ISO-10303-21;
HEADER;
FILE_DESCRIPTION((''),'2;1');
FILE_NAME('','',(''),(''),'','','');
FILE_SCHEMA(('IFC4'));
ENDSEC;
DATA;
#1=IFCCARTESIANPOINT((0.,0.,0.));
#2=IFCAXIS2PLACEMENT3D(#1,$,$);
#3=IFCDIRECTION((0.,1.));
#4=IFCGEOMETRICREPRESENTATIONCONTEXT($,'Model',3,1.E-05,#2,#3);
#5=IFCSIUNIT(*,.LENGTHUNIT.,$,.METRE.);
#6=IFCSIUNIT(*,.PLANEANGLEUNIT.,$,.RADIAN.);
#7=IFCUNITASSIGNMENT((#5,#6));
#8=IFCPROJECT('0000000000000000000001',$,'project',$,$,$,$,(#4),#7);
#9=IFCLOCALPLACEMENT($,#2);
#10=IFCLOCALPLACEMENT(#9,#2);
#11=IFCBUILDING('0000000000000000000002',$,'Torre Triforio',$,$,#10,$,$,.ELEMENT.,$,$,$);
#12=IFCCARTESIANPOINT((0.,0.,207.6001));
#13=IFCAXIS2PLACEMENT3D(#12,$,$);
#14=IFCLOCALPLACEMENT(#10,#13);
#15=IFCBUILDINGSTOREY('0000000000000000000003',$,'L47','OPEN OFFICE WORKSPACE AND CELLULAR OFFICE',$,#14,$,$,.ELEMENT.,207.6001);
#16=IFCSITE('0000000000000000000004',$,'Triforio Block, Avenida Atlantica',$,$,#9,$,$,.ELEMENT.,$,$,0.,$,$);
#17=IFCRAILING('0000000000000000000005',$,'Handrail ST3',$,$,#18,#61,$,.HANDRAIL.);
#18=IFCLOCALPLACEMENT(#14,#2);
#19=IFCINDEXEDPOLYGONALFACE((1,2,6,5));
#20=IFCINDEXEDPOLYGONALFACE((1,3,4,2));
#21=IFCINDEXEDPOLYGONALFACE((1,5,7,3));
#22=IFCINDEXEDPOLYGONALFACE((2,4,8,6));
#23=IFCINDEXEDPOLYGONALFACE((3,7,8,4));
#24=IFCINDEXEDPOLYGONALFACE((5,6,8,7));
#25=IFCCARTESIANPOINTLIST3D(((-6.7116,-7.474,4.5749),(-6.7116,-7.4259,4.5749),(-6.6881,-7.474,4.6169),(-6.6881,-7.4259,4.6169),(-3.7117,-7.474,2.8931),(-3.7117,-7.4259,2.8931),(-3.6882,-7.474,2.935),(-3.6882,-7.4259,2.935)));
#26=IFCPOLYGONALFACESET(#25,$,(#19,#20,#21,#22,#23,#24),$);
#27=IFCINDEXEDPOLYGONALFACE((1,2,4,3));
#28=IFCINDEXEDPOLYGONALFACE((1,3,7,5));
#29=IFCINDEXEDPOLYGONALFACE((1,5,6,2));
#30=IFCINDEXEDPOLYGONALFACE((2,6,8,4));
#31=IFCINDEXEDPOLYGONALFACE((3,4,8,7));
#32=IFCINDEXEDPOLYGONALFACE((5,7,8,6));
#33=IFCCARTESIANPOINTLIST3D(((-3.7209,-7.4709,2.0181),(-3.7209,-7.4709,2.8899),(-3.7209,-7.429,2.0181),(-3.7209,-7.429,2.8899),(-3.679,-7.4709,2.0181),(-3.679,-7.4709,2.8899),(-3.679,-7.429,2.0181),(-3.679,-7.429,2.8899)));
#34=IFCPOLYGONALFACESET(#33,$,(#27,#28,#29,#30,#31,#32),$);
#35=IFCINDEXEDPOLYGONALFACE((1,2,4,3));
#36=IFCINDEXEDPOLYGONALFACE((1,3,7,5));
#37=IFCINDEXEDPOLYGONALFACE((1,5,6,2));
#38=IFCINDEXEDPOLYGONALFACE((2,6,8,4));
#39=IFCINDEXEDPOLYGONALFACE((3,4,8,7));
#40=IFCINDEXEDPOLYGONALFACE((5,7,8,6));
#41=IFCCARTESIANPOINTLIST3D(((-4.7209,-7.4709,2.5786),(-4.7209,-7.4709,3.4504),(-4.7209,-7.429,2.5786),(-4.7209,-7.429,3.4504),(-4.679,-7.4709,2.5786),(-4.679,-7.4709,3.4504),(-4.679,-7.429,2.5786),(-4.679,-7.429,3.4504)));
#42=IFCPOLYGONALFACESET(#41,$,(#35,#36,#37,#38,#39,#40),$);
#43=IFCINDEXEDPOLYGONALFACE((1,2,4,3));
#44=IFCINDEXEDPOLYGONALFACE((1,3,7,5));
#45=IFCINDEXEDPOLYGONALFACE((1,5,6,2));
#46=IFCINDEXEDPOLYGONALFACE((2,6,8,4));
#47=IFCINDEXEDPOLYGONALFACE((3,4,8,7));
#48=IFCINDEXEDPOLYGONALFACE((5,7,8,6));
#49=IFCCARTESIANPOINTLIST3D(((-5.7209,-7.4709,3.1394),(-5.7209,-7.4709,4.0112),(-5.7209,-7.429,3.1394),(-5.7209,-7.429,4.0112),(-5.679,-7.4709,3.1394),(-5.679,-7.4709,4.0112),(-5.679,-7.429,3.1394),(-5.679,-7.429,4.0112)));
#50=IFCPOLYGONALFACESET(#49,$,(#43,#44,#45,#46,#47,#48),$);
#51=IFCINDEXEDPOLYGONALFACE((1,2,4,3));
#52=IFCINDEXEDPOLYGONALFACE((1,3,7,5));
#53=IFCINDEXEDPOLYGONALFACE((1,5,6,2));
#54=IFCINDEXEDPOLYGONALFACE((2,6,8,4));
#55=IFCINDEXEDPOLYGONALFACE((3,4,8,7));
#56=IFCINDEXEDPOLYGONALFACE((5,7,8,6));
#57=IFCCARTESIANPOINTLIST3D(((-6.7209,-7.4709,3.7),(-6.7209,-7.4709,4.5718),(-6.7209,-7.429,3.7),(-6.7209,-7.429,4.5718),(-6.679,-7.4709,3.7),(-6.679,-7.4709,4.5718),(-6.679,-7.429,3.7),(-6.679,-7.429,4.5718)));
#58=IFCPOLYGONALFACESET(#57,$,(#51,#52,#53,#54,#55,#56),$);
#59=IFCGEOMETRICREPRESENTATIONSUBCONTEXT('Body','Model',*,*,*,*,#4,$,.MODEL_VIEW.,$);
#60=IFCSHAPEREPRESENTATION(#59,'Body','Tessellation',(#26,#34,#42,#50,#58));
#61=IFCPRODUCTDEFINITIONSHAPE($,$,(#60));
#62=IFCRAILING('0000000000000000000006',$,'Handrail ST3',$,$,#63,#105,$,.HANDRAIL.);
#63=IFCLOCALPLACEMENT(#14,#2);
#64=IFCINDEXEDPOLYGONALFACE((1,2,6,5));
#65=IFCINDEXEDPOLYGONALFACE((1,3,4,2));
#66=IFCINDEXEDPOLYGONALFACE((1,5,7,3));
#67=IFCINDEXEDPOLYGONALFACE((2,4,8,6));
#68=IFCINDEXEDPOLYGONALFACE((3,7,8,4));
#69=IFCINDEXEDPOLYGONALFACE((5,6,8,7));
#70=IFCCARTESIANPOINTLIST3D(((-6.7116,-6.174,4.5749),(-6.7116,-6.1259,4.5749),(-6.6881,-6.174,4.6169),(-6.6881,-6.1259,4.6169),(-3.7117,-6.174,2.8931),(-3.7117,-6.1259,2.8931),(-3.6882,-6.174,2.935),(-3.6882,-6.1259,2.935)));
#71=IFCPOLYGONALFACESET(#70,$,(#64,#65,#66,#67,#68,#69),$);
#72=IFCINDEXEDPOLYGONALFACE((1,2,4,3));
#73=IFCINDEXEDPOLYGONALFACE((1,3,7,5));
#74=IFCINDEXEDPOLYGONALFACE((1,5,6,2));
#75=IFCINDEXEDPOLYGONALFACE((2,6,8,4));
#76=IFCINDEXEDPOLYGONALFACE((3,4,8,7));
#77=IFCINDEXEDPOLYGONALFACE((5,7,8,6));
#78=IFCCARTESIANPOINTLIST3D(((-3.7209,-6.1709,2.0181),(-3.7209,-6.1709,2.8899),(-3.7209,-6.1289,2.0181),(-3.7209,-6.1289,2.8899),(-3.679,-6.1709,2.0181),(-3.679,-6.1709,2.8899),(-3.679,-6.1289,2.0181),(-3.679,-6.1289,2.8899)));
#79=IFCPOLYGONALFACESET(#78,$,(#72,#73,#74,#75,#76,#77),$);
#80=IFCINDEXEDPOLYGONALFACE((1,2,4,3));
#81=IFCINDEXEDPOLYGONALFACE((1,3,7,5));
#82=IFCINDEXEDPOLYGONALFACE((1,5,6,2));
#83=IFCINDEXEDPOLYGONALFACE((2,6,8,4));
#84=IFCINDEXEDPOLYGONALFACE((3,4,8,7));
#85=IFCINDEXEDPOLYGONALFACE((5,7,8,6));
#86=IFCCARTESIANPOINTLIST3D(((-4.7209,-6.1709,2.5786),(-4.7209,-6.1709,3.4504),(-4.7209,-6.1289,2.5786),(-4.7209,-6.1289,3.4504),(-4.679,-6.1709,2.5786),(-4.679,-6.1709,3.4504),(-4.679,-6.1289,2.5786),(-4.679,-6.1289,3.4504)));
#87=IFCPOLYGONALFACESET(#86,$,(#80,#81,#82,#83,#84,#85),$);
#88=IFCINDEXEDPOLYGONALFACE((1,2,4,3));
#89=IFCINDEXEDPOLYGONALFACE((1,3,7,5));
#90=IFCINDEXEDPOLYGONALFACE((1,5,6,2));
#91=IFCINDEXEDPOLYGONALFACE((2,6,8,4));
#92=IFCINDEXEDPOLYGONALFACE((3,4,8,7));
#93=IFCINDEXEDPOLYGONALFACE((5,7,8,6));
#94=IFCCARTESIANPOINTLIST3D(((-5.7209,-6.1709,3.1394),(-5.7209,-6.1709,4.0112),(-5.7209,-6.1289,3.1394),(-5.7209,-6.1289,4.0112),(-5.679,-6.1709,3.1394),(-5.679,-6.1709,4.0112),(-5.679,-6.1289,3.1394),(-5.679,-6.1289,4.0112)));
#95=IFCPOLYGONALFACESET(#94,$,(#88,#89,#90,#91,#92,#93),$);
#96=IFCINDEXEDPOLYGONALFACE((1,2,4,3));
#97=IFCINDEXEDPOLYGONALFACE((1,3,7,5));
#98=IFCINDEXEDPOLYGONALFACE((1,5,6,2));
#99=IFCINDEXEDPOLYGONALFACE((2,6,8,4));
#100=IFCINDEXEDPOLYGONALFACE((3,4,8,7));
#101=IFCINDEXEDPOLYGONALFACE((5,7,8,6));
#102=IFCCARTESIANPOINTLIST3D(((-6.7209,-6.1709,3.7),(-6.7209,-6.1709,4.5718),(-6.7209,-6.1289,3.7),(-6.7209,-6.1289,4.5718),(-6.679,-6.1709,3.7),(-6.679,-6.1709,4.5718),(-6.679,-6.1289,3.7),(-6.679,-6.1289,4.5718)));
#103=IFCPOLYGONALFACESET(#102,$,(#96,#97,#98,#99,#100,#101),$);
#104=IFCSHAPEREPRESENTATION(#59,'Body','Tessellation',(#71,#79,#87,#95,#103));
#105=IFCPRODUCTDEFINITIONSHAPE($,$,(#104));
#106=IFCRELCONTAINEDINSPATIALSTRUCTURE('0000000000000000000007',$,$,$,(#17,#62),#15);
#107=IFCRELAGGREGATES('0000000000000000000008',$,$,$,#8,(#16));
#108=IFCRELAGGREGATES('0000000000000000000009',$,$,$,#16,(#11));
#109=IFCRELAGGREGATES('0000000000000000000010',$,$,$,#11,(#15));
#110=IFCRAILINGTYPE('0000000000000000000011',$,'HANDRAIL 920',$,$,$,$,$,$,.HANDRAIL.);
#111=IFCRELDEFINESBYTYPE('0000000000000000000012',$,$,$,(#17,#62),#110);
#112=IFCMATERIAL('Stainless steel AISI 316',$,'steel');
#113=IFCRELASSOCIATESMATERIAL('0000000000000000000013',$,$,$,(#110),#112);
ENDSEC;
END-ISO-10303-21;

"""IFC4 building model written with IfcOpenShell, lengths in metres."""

from ifc_helpers import new_model, si_unit, direction, frame, origin, origin_2d, place, context, subcontext, project, spatial, rectangle, extrude, material, type_object, element, save


model = new_model("IFC4")

# Units and contexts
model_context = context("Model", 3, precision=1e-05, world=origin(), true_north=direction((0.0, 1.0)))
body_context = subcontext(model_context, "Body", "Model", "MODEL_VIEW")
ifc_project = project(units=[si_unit("LENGTHUNIT", "METRE"), si_unit("PLANEANGLEUNIT", "RADIAN")], contexts=[model_context])

# Site, building, storey
site_placement = place(None, origin())
site = spatial("IfcSite", under=ifc_project, at=site_placement, Name="Triforio Block, Avenida Atlantica", CompositionType="ELEMENT", RefElevation=0.0)
building_placement = place(site_placement, origin())
building = spatial("IfcBuilding", under=site, at=building_placement, Name="Torre Triforio", CompositionType="ELEMENT")
storey_placement = place(building_placement, frame((0.0, 0.0, 207.6001)))
storey = spatial("IfcBuildingStorey", under=building, at=storey_placement, Name="L47", Description="OPEN OFFICE WORKSPACE AND CELLULAR OFFICE", CompositionType="ELEMENT", Elevation=207.6001)

# Railings
ifc_material_1 = material(Name="Stainless steel AISI 316", Category="steel")
railing_type = type_object("IfcRailingType", Name="HANDRAIL 920", PredefinedType="HANDRAIL", material=ifc_material_1)
for number, where, name in (
    (1, (-3.7, -7.45, 2.0181), "Handrail ST3"),
    (2, (-3.7, -6.1499, 2.0181), "Handrail ST3"),
):
    element("IfcRailing", number, at=place(storey_placement, frame(where)), inside=storey, type_object=railing_type, Name=name, PredefinedType="HANDRAIL", context=body_context, shape_type="SweptSolid", body=[
        extrude(rectangle(XDim=0.0481, YDim=0.0481, at=origin_2d()), frame((0.0, 0.0, 0.896), z_axis=(-0.872272, 0.0, 0.48902), x_axis=(0.0, -1.0, 0.0)), (0.0, 0.0, 1.0), 3.4392),
        extrude(rectangle(XDim=0.042, YDim=0.042, at=origin_2d()), origin(), (0.0, 0.0, 1.0), 0.8718),
        extrude(rectangle(XDim=0.042, YDim=0.042, at=origin_2d()), frame((-1.0, 0.0, 0.5605)), (0.0, 0.0, 1.0), 0.8718),
        extrude(rectangle(XDim=0.042, YDim=0.042, at=origin_2d()), frame((-2.0, 0.0, 1.1213)), (0.0, 0.0, 1.0), 0.8718),
        extrude(rectangle(XDim=0.042, YDim=0.042, at=origin_2d()), frame((-3.0, 0.0, 1.6819)), (0.0, 0.0, 1.0), 0.8718),
    ])

save(model, "model.ifc")
